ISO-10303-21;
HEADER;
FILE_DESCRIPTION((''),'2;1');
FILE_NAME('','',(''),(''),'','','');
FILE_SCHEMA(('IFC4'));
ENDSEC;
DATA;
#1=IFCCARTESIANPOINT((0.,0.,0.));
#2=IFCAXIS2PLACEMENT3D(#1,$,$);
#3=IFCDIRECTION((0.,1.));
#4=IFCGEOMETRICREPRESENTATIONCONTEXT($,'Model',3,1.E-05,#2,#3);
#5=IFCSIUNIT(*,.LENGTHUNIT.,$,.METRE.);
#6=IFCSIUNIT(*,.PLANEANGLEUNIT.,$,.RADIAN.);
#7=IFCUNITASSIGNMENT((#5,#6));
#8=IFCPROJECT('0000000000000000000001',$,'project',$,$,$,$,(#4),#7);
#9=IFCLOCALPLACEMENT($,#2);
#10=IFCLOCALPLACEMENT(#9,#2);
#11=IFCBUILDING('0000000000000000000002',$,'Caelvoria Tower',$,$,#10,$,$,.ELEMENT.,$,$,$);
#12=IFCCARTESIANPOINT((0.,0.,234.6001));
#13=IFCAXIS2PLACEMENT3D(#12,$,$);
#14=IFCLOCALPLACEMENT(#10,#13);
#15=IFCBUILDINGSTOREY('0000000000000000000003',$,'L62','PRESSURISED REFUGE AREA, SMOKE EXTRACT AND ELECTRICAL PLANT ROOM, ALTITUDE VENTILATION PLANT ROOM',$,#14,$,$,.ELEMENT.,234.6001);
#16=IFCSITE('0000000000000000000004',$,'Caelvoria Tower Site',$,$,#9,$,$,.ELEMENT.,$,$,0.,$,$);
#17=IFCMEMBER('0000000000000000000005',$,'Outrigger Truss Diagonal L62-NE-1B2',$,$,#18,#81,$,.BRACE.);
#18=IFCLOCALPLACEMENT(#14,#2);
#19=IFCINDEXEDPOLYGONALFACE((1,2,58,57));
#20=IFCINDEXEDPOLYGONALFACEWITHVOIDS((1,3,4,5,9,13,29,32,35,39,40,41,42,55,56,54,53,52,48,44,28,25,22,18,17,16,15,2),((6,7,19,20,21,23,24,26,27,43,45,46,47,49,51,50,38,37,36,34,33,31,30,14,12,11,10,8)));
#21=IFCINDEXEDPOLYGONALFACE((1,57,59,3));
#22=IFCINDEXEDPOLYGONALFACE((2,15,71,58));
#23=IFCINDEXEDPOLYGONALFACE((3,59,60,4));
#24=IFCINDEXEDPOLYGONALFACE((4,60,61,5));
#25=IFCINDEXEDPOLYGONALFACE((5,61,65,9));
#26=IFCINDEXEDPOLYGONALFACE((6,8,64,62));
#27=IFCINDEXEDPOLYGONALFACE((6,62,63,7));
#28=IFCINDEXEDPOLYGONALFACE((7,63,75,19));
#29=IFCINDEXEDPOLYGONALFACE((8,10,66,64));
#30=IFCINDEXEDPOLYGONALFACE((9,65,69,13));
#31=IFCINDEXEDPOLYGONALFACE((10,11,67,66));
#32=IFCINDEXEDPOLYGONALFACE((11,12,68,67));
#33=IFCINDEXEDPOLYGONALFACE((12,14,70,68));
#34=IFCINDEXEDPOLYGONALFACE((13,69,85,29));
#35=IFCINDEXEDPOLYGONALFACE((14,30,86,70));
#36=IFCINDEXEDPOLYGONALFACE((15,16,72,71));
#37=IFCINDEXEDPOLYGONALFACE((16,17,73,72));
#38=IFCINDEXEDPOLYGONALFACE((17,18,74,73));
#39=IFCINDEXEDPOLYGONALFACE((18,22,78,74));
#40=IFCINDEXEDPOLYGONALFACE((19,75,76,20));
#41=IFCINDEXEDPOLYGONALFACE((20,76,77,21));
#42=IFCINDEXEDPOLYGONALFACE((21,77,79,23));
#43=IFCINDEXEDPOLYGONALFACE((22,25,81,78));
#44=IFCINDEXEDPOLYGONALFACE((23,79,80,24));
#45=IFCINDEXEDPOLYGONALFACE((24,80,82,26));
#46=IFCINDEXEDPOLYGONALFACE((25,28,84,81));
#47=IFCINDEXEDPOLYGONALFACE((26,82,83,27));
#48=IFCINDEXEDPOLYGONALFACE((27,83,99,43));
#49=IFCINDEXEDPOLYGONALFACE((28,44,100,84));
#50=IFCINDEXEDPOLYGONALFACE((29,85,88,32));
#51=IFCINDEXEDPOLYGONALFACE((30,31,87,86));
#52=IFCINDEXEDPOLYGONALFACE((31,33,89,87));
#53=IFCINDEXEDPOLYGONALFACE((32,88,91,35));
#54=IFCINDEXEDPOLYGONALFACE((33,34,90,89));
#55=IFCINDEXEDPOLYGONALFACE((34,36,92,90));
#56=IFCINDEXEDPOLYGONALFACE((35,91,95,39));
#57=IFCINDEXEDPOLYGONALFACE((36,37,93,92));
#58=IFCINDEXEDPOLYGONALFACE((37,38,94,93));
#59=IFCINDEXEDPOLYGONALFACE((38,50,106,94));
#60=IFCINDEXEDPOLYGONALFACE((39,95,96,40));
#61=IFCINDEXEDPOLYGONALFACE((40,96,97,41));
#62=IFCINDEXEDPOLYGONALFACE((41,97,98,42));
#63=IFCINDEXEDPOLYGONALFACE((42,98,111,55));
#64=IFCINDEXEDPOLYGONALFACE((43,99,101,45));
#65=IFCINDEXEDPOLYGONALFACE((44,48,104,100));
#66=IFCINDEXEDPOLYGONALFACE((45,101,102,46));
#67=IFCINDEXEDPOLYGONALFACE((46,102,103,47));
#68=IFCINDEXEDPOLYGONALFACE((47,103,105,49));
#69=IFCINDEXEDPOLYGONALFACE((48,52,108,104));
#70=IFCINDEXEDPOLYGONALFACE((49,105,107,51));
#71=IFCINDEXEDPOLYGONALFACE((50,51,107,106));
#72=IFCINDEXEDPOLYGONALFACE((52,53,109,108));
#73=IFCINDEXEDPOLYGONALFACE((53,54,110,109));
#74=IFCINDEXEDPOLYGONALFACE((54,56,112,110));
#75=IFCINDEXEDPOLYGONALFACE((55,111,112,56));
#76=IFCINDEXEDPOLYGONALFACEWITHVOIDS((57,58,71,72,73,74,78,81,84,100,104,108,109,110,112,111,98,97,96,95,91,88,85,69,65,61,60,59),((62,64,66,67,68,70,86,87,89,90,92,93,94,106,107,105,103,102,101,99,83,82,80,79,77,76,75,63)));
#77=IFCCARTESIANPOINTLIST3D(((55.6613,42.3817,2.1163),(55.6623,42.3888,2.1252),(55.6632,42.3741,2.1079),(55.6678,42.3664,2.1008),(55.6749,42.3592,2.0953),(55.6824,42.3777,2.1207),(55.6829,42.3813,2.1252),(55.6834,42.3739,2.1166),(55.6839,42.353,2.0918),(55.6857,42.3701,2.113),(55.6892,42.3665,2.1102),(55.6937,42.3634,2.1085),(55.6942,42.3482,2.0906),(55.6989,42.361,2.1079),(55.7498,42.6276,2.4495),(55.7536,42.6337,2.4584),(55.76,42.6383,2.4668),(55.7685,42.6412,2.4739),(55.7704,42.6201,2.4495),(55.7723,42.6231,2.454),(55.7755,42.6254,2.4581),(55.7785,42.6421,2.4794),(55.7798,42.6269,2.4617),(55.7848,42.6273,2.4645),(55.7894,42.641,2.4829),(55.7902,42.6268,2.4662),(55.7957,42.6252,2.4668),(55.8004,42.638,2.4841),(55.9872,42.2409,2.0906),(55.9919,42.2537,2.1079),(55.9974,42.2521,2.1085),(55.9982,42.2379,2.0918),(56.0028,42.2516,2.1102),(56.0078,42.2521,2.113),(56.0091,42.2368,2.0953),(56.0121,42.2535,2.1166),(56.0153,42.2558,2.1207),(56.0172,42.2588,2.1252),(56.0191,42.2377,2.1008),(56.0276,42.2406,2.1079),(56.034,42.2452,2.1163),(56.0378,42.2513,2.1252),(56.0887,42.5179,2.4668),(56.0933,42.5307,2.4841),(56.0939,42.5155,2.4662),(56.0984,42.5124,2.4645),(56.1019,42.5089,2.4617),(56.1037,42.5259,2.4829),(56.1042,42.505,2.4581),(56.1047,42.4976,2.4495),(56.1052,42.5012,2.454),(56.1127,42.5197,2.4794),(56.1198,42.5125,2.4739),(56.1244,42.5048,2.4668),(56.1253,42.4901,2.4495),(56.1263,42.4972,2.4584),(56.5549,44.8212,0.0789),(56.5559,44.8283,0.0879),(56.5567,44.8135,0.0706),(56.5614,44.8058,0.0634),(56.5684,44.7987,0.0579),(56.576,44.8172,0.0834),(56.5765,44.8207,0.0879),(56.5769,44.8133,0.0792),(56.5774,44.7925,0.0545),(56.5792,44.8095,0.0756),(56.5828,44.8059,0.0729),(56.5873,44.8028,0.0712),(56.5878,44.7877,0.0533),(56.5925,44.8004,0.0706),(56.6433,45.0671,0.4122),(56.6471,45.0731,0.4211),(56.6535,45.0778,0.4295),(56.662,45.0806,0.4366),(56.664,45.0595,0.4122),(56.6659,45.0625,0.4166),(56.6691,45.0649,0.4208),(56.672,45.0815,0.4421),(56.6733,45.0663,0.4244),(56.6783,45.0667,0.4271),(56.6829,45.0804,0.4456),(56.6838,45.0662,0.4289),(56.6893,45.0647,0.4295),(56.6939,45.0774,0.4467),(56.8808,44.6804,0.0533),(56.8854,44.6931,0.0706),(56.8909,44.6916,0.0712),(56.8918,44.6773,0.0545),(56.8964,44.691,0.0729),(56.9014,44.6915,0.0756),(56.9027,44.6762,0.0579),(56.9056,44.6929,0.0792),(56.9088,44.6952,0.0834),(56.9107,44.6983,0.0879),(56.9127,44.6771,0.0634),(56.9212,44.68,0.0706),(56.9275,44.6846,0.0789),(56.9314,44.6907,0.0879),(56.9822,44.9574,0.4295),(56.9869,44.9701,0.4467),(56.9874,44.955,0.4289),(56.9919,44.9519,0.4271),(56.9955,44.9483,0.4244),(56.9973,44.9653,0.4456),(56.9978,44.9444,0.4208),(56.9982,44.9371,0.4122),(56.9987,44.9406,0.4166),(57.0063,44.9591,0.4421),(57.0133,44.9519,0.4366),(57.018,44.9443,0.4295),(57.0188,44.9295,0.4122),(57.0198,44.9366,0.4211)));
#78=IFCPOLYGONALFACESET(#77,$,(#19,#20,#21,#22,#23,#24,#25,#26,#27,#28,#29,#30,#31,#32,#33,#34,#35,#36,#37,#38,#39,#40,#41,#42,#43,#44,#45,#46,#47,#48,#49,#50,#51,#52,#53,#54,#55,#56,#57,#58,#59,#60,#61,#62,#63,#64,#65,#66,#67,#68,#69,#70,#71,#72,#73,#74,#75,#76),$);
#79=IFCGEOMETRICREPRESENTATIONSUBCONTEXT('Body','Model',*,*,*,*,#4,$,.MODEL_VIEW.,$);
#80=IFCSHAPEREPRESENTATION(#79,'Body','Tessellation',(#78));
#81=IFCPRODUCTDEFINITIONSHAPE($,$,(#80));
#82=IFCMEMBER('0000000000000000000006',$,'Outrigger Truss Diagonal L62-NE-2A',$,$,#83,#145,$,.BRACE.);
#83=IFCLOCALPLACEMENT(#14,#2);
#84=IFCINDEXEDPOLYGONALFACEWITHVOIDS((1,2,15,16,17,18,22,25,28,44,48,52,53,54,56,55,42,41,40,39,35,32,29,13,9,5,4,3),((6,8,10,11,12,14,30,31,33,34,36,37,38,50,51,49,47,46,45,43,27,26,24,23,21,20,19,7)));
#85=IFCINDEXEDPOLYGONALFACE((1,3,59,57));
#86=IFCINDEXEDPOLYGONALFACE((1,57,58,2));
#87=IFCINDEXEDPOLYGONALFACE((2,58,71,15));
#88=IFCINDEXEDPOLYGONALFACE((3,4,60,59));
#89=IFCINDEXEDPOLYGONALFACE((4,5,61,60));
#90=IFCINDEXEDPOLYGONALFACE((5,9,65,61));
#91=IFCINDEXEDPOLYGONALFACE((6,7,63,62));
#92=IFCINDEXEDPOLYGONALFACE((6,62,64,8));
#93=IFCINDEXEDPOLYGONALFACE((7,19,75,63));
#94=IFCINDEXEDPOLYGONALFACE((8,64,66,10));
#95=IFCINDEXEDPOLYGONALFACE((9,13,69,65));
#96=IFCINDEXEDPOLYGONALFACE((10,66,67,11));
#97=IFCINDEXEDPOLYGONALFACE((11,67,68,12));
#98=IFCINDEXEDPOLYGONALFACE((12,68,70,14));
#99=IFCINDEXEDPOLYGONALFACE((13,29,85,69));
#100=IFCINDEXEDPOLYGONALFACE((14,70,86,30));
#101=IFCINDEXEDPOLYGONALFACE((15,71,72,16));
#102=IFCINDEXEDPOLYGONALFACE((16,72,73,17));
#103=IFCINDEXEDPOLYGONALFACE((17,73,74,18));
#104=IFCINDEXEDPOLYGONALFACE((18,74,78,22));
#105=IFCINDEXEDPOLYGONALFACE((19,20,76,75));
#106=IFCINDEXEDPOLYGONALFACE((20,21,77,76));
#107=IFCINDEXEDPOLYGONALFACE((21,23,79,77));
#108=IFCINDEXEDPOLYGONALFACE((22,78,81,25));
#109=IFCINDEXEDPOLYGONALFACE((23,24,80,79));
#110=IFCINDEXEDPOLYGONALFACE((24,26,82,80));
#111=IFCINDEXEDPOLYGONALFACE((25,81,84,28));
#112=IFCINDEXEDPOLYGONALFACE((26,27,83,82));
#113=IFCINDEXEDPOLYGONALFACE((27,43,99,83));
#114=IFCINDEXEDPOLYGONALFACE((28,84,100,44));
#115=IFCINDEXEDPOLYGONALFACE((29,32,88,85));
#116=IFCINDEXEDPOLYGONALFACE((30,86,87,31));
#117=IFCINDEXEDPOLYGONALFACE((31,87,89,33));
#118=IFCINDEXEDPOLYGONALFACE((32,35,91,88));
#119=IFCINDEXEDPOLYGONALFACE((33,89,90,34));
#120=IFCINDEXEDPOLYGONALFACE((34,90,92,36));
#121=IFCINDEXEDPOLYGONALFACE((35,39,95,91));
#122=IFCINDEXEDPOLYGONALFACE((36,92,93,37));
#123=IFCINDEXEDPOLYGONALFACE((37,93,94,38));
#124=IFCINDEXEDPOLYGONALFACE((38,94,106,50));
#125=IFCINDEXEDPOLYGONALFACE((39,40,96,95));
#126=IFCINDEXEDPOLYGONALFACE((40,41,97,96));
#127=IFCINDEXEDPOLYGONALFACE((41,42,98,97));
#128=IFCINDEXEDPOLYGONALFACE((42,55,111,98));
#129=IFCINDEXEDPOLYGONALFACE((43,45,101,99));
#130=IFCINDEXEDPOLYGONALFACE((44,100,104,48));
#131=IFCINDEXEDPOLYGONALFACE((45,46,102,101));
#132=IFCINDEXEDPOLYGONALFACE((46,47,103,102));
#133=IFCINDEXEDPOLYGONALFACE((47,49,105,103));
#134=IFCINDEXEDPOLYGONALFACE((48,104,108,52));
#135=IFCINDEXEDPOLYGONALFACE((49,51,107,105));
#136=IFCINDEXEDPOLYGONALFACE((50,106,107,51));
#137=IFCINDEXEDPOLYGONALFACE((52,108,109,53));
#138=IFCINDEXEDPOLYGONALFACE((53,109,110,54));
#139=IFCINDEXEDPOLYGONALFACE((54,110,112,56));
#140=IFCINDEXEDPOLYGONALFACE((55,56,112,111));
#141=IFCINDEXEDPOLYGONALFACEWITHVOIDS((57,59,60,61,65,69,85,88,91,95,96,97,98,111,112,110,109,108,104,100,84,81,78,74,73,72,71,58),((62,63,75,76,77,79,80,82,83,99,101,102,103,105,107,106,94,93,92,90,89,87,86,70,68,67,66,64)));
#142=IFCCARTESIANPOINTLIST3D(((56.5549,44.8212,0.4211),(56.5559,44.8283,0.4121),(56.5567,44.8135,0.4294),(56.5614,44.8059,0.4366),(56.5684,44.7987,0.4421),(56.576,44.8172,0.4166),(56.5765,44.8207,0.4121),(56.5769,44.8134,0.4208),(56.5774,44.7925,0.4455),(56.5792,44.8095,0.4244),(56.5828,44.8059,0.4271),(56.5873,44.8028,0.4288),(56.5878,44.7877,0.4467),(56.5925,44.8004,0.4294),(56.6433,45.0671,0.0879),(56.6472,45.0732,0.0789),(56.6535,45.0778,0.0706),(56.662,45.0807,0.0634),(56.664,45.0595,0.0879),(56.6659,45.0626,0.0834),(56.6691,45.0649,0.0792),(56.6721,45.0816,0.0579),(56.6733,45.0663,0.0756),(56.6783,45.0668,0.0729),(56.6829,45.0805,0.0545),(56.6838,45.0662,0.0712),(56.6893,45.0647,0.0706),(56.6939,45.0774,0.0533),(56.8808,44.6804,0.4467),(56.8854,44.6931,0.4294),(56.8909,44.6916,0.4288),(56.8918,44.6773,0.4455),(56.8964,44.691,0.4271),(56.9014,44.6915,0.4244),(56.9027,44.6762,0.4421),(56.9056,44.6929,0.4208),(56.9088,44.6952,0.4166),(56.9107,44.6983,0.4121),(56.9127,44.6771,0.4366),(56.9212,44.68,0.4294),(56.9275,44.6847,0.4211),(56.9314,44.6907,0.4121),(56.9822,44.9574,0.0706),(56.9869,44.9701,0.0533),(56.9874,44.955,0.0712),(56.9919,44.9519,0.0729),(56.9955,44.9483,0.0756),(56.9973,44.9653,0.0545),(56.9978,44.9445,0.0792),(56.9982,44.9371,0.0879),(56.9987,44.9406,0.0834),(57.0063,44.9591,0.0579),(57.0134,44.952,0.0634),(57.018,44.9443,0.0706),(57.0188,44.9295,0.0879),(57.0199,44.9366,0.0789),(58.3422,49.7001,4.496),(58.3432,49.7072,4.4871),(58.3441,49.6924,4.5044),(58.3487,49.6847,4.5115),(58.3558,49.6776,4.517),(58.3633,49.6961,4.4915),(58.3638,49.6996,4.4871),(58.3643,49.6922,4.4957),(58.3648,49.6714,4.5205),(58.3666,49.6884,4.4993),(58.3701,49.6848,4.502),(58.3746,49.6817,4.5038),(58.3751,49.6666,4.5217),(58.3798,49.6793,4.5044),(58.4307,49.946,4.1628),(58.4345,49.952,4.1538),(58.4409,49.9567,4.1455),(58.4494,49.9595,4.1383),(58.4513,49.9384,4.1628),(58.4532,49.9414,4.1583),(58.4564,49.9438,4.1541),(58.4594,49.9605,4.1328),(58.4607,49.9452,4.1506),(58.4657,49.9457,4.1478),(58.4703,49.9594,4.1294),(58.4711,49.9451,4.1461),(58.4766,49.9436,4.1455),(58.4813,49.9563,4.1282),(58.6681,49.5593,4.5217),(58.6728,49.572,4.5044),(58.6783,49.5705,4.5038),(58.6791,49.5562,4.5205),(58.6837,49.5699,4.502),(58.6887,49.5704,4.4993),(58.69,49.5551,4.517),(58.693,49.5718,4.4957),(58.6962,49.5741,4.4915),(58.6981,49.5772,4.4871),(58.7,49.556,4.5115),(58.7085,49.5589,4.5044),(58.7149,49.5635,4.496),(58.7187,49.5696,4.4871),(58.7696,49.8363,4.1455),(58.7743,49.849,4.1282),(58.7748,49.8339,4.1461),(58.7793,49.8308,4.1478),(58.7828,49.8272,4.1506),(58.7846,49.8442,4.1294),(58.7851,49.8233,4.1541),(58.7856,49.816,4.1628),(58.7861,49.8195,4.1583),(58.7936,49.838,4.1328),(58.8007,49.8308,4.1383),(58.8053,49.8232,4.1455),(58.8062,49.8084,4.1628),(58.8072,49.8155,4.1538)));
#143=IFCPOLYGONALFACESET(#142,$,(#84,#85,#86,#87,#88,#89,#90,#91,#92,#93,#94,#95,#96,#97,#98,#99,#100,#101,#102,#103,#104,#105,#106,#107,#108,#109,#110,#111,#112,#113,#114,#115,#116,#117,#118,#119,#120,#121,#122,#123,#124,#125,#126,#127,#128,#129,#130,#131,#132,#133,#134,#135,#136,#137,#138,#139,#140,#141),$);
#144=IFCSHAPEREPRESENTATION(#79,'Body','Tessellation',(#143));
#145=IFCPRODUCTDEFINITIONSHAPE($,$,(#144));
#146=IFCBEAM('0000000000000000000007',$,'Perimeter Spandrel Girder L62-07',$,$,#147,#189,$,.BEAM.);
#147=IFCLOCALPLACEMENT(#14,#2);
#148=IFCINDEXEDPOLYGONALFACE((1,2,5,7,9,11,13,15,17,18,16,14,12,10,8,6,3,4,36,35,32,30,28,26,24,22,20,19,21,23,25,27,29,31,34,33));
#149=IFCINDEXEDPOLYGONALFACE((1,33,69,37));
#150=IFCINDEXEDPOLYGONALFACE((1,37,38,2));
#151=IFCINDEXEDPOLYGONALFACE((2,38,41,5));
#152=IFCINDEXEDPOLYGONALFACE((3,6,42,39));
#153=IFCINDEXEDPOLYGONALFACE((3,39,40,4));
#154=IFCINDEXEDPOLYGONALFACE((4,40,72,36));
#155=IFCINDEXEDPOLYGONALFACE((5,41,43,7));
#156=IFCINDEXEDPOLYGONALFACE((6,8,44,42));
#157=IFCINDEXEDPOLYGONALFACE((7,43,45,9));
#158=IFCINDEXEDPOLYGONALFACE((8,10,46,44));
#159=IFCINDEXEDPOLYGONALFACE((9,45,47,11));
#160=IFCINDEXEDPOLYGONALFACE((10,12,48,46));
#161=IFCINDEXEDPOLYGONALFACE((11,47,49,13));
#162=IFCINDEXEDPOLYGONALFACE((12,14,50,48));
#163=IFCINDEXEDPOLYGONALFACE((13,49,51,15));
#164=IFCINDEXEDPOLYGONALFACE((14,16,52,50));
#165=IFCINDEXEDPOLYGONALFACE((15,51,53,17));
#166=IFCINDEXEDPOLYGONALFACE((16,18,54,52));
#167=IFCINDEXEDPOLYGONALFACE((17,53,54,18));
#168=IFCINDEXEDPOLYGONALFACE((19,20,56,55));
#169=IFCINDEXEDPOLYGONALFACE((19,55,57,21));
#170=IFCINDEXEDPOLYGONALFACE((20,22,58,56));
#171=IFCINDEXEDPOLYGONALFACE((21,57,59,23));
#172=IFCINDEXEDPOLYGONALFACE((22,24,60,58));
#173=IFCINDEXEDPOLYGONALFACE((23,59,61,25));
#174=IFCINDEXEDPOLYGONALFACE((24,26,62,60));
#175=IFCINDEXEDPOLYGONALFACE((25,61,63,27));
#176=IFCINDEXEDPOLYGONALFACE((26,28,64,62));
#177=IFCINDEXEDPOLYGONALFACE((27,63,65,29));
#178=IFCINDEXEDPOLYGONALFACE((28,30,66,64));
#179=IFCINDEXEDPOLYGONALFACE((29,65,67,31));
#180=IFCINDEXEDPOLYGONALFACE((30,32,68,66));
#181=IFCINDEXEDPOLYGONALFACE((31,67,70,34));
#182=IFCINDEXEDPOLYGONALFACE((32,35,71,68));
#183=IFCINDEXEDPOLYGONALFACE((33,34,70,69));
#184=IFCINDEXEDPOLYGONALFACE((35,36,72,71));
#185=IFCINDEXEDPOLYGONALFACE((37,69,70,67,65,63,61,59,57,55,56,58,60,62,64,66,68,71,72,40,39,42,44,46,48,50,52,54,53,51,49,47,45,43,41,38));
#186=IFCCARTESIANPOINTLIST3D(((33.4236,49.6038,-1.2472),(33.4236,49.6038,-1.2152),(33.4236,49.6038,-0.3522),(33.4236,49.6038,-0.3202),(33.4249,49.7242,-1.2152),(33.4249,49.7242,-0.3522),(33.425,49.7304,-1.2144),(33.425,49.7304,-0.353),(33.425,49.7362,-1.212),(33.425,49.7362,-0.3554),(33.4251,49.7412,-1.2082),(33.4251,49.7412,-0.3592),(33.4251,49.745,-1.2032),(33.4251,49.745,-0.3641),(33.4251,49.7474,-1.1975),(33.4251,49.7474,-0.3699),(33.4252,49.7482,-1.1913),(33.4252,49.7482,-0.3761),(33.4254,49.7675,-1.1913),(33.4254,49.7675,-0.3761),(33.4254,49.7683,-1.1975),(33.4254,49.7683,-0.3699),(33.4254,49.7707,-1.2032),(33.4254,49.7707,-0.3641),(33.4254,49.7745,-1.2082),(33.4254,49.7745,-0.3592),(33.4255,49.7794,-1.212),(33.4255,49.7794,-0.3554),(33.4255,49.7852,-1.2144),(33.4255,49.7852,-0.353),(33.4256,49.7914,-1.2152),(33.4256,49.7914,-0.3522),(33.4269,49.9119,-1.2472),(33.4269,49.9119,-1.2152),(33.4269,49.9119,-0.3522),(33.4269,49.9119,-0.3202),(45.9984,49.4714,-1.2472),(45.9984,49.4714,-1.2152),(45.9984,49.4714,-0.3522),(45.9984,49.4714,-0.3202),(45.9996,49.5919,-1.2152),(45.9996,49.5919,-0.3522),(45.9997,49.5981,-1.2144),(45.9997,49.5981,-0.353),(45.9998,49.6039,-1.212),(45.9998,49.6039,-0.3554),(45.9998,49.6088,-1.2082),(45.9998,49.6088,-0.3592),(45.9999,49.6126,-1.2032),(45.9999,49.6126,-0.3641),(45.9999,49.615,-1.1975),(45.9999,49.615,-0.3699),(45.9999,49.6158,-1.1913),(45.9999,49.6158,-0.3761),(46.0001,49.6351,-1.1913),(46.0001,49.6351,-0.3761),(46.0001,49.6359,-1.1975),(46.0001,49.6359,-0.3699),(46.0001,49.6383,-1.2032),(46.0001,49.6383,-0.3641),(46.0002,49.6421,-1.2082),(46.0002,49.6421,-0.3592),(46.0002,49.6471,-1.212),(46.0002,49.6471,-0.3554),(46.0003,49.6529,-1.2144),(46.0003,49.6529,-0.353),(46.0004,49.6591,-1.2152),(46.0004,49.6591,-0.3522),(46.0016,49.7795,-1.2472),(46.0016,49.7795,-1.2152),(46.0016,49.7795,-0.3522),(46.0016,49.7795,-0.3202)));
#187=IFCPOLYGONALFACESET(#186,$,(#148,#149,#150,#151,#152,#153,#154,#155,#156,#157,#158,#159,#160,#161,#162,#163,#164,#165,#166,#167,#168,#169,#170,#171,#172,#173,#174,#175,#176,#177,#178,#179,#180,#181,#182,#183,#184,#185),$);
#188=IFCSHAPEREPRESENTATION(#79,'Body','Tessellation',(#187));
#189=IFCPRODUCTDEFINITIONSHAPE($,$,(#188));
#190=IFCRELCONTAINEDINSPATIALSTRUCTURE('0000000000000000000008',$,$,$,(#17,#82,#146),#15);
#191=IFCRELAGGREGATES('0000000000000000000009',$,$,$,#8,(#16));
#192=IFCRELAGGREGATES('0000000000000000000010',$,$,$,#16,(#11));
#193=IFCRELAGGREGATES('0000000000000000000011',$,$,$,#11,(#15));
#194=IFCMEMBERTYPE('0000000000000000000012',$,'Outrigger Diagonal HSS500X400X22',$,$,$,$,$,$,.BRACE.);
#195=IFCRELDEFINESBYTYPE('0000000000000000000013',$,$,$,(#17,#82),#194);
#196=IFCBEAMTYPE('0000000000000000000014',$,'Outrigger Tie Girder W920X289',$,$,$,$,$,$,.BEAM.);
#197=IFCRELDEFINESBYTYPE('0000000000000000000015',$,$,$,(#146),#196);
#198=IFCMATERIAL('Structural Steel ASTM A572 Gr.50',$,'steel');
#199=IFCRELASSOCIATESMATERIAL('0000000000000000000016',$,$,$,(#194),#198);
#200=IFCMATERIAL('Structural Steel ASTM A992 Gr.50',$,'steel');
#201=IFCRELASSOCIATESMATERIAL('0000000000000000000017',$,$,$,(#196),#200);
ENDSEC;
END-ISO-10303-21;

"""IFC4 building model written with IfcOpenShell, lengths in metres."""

from ifc_helpers import new_model, si_unit, direction, frame, origin, origin_2d, place, context, subcontext, project, spatial, hollow_rectangle, i_section, extrude, material, material_profile, profile_set, type_object, element, save


model = new_model("IFC4")

# Units and contexts
model_context = context("Model", 3, precision=1e-05, world=origin(), true_north=direction((0.0, 1.0)))
body_context = subcontext(model_context, "Body", "Model", "MODEL_VIEW")
ifc_project = project(units=[si_unit("LENGTHUNIT", "METRE"), si_unit("PLANEANGLEUNIT", "RADIAN")], contexts=[model_context])

# Site, building, storey
site_placement = place(None, origin())
site = spatial("IfcSite", under=ifc_project, at=site_placement, Name="Caelvoria Tower Site", CompositionType="ELEMENT", RefElevation=0.0)
building_placement = place(site_placement, origin())
building = spatial("IfcBuilding", under=site, at=building_placement, Name="Caelvoria Tower", CompositionType="ELEMENT")
storey_placement = place(building_placement, frame((0.0, 0.0, 234.6001)))
storey = spatial("IfcBuildingStorey", under=building, at=storey_placement, Name="L62", Description="PRESSURISED REFUGE AREA, SMOKE EXTRACT AND ELECTRICAL PLANT ROOM, ALTITUDE VENTILATION PLANT ROOM", CompositionType="ELEMENT", Elevation=234.6001)

# Shared definitions
ifc_material_1 = material(Name="Structural Steel ASTM A992 Gr.50", Category="steel")

# Shared definitions
ifc_material_2 = material(Name="Structural Steel ASTM A572 Gr.50", Category="steel")

# Members
ifc_material_profile_1 = material_profile(ifc_material_2, hollow_rectangle(XDim=0.3999, YDim=0.5, WallThickness=0.022, InnerFilletRadius=0.022, OuterFilletRadius=0.0439, at=origin_2d()), Name="Structural Steel ASTM A572 Gr.50")
ifc_profile_set_1 = profile_set([ifc_material_profile_1], Name="HSS500X400X22 - Structural Steel ASTM A572 Gr.50")
member_type_1 = type_object("IfcMemberType", Name="Outrigger Diagonal HSS500X400X22", PredefinedType="BRACE", material=ifc_profile_set_1)
member_1_placement = place(storey_placement, frame((55.8938, 42.4395, 2.2874), z_axis=(0.270648, 0.738883, -0.617091), x_axis=(-0.93899, 0.343945, 0.0)))
element("IfcMember", 1, at=member_1_placement, inside=storey, type_object=member_type_1, Name="Outrigger Truss Diagonal L62-NE-1B2", PredefinedType="BRACE", context=body_context, shape_type="SweptSolid", body=[
    extrude(hollow_rectangle(XDim=0.3999, YDim=0.5, WallThickness=0.022, InnerFilletRadius=0.022, OuterFilletRadius=0.0439, at=origin_2d()), origin(), (0.0, 0.0, 1.0), 3.3015),
])
member_2_placement = place(storey_placement, frame((56.7874, 44.8789, 0.25), z_axis=(0.270676, 0.738859, 0.617108), x_axis=(-0.938974, 0.343987, 0.0)))
element("IfcMember", 2, at=member_2_placement, inside=storey, type_object=member_type_1, Name="Outrigger Truss Diagonal L62-NE-2A", PredefinedType="BRACE", context=body_context, shape_type="SweptSolid", body=[
    extrude(hollow_rectangle(XDim=0.3999, YDim=0.5, WallThickness=0.022, InnerFilletRadius=0.022, OuterFilletRadius=0.0439, at=origin_2d()), origin(), (0.0, 0.0, 1.0), 6.6033),
])

# Beam
ifc_material_profile_2 = material_profile(ifc_material_1, i_section(OverallWidth=0.3081, OverallDepth=0.927, WebThickness=0.0193, FlangeThickness=0.032, FilletRadius=0.0239, at=origin_2d()), Name="Structural Steel ASTM A992 Gr.50")
ifc_profile_set_2 = profile_set([ifc_material_profile_2], Name="W920X289 - Structural Steel ASTM A992 Gr.50")
beam_type_1 = type_object("IfcBeamType", Name="Outrigger Tie Girder W920X289", PredefinedType="BEAM", material=ifc_profile_set_2)
beam_1_placement = place(storey_placement, frame((46.0, 49.6255, -0.7837), z_axis=(-0.999945, 0.010522, 0.0), x_axis=(-0.010522, -0.999945, 0.0)))
element("IfcBeam", 3, at=beam_1_placement, inside=storey, type_object=beam_type_1, Name="Perimeter Spandrel Girder L62-07", PredefinedType="BEAM", context=body_context, shape_type="SweptSolid", body=[
    extrude(i_section(OverallWidth=0.3081, OverallDepth=0.927, WebThickness=0.0193, FlangeThickness=0.032, FilletRadius=0.0239, at=origin_2d()), origin(), (0.0, 0.0, 1.0), 12.5754),
])

save(model, "model.ifc")
